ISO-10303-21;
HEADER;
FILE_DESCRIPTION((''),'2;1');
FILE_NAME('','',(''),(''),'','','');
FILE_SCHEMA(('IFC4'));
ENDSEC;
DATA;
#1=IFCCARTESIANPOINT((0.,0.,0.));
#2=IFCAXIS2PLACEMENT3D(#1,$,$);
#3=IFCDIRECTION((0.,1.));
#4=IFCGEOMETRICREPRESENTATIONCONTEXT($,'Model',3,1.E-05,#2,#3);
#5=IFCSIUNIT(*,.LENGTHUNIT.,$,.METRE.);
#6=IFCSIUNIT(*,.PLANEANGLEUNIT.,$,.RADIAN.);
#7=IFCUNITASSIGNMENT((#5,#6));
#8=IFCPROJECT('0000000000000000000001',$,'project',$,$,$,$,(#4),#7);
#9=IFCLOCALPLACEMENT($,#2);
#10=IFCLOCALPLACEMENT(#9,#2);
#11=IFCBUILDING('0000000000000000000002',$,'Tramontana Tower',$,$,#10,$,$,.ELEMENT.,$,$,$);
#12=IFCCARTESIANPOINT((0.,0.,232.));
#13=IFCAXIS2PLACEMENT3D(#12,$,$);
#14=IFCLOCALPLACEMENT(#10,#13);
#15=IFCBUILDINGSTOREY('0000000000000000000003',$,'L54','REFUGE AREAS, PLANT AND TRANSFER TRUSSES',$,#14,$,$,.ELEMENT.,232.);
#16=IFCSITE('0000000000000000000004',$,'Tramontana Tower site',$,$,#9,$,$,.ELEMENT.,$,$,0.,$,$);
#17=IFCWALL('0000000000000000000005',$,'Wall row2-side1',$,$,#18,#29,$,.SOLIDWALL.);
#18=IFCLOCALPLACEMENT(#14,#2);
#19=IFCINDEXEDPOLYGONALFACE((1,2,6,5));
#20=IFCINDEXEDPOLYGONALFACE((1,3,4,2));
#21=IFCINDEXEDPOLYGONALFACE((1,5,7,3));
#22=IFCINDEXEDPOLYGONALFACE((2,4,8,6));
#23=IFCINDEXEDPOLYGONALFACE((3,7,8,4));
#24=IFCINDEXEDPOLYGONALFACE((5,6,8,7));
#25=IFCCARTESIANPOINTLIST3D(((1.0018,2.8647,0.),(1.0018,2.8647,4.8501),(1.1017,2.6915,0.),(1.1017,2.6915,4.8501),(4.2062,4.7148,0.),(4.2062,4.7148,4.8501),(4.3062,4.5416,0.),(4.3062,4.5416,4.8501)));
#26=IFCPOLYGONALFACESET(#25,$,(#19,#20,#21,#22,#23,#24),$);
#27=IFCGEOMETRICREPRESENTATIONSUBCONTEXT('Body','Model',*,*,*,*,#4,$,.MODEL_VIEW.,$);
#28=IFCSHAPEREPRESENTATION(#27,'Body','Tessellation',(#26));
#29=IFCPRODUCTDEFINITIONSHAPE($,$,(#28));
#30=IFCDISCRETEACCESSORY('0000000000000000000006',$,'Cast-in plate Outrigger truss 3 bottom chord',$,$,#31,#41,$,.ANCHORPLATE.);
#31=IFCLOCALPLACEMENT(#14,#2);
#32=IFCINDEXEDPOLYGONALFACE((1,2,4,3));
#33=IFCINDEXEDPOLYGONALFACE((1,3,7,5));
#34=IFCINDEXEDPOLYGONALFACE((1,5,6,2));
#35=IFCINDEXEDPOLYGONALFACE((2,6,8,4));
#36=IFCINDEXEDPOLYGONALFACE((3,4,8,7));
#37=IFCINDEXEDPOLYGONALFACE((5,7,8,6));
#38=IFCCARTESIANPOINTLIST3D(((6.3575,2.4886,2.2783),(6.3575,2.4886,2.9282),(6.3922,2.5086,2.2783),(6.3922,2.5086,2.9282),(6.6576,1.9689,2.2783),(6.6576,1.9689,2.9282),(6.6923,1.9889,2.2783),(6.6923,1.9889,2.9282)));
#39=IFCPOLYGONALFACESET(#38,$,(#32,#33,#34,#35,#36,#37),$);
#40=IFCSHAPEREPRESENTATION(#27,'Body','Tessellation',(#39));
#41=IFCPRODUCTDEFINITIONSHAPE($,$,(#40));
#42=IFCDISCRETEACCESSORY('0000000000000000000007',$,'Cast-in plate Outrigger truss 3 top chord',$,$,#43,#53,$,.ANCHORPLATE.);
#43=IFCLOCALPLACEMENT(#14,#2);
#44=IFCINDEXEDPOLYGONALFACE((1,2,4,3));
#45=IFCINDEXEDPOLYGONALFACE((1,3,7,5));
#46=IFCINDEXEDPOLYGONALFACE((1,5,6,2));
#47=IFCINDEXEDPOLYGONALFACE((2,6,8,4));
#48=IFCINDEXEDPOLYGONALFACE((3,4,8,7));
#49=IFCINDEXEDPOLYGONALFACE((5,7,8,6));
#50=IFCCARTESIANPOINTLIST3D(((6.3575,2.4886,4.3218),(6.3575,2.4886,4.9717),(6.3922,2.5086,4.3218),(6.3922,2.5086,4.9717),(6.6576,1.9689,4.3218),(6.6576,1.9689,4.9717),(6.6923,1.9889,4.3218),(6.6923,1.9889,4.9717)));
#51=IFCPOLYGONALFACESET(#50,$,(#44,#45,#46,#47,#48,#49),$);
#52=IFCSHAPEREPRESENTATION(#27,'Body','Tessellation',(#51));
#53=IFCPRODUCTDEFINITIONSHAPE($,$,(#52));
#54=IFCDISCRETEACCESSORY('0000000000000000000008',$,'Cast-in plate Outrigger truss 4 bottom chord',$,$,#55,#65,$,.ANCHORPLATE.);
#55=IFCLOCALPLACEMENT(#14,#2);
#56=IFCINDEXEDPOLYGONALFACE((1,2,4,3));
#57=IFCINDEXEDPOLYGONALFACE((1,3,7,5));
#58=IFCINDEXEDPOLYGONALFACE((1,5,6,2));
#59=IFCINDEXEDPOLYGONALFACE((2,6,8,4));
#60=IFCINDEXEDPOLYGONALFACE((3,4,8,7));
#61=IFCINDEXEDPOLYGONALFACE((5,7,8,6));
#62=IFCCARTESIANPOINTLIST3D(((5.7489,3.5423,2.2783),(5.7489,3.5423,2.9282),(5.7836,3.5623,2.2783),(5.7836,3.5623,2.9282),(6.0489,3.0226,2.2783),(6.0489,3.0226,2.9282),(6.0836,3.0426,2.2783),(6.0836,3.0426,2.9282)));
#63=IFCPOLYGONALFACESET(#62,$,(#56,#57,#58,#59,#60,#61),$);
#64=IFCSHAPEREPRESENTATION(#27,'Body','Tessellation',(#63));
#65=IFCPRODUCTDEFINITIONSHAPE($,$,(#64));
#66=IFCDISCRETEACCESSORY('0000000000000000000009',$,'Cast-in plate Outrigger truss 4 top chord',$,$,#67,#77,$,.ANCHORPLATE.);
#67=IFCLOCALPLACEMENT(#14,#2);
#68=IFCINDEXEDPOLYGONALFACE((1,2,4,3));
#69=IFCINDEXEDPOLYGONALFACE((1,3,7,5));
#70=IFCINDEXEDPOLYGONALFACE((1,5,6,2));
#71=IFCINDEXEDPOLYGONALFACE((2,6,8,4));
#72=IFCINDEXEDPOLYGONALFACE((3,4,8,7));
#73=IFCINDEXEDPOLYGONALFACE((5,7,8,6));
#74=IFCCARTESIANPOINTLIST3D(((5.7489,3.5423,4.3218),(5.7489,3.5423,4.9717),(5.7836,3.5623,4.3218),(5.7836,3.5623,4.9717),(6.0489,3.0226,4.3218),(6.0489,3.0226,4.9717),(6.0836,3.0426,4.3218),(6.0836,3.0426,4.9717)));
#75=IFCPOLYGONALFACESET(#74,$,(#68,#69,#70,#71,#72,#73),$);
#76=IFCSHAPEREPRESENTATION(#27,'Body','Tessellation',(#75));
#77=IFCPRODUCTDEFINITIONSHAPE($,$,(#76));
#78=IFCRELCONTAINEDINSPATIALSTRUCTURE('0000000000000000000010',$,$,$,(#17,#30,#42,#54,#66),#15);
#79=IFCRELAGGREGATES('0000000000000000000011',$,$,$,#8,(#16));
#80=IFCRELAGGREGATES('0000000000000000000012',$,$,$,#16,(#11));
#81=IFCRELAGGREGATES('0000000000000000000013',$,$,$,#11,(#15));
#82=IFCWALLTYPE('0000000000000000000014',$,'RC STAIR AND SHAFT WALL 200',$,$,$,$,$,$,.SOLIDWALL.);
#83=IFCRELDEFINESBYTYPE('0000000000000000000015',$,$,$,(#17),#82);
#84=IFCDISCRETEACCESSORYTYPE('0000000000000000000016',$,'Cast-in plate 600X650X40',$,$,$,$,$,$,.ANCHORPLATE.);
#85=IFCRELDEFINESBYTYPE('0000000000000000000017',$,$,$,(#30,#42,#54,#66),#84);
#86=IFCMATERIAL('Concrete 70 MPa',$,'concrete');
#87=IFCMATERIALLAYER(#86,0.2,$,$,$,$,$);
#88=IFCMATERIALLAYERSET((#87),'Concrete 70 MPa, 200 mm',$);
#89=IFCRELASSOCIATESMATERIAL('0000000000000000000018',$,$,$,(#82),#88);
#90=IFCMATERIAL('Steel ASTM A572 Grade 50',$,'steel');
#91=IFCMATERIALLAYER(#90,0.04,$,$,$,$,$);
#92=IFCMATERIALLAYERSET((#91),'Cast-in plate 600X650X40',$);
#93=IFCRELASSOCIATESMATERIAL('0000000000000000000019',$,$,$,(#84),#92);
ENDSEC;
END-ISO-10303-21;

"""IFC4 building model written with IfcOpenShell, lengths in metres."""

from ifc_helpers import new_model, si_unit, direction, frame, frame_2d, origin, origin_2d, place, context, subcontext, project, spatial, rectangle, extrude, material, layer, layer_set, type_object, element, save


model = new_model("IFC4")

# Units and contexts
model_context = context("Model", 3, precision=1e-05, world=origin(), true_north=direction((0.0, 1.0)))
body_context = subcontext(model_context, "Body", "Model", "MODEL_VIEW")
ifc_project = project(units=[si_unit("LENGTHUNIT", "METRE"), si_unit("PLANEANGLEUNIT", "RADIAN")], contexts=[model_context])

# Site, building, storey
site_placement = place(None, origin())
site = spatial("IfcSite", under=ifc_project, at=site_placement, Name="Tramontana Tower site", CompositionType="ELEMENT", RefElevation=0.0)
building_placement = place(site_placement, origin())
building = spatial("IfcBuilding", under=site, at=building_placement, Name="Tramontana Tower", CompositionType="ELEMENT")
storey_placement = place(building_placement, frame((0.0, 0.0, 232.0)))
storey = spatial("IfcBuildingStorey", under=building, at=storey_placement, Name="L54", Description="REFUGE AREAS, PLANT AND TRANSFER TRUSSES", CompositionType="ELEMENT", Elevation=232.0)

# Shared definitions
ifc_material_1 = material(Name="Concrete 70 MPa", Category="concrete")
ifc_layer_1 = layer(ifc_material_1, 0.2)
ifc_layer_set_1 = layer_set([ifc_layer_1], Name="Concrete 70 MPa, 200 mm")
wall_type_1 = type_object("IfcWallType", Name="RC STAIR AND SHAFT WALL 200", PredefinedType="SOLIDWALL", material=ifc_layer_set_1)

# Wall
for number, where, z_axis, x_axis, name in (
    (1, (1.0518, 2.7781, 0.0), (0.0, 0.0, 1.0), (0.866017, 0.500014, 0.0), "Wall row2-side1"),
):
    element("IfcWall", number, at=place(storey_placement, frame(where, z_axis=z_axis, x_axis=x_axis)), inside=storey, type_object=wall_type_1, Name=name, PredefinedType="SOLIDWALL", context=body_context, shape_type="SweptSolid", body=[
        extrude(rectangle(XDim=3.7002, YDim=0.2, at=frame_2d((1.8501, 0.0))), origin(), (0.0, 0.0, 1.0), 4.8501),
    ])

# Discrete accessories
ifc_material_2 = material(Name="Steel ASTM A572 Grade 50", Category="steel")
ifc_layer_2 = layer(ifc_material_2, 0.04)
ifc_layer_set_2 = layer_set([ifc_layer_2], Name="Cast-in plate 600X650X40")
discrete_accessory_type = type_object("IfcDiscreteAccessoryType", Name="Cast-in plate 600X650X40", PredefinedType="ANCHORPLATE", material=ifc_layer_set_2)
for number, where, z_axis, x_axis, name in (
    (2, (6.5249, 2.2388, 2.2783), (0.0, 0.0, 1.0), (-0.5, 0.866025, 0.0), "Cast-in plate Outrigger truss 3 bottom chord"),
    (3, (6.5249, 2.2388, 4.3218), (0.0, 0.0, 1.0), (-0.5, 0.866025, 0.0), "Cast-in plate Outrigger truss 3 top chord"),
    (4, (5.9163, 3.2925, 2.2783), (0.0, 0.0, 1.0), (-0.5, 0.866025, 0.0), "Cast-in plate Outrigger truss 4 bottom chord"),
    (5, (5.9163, 3.2925, 4.3218), (0.0, 0.0, 1.0), (-0.5, 0.866025, 0.0), "Cast-in plate Outrigger truss 4 top chord"),
):
    element("IfcDiscreteAccessory", number, at=place(storey_placement, frame(where, z_axis=z_axis, x_axis=x_axis)), inside=storey, type_object=discrete_accessory_type, Name=name, PredefinedType="ANCHORPLATE", context=body_context, shape_type="SweptSolid", body=[
        extrude(rectangle(XDim=0.6001, YDim=0.04, at=origin_2d()), origin(), (0.0, 0.0, 1.0), 0.6499),
    ])

save(model, "model.ifc")
